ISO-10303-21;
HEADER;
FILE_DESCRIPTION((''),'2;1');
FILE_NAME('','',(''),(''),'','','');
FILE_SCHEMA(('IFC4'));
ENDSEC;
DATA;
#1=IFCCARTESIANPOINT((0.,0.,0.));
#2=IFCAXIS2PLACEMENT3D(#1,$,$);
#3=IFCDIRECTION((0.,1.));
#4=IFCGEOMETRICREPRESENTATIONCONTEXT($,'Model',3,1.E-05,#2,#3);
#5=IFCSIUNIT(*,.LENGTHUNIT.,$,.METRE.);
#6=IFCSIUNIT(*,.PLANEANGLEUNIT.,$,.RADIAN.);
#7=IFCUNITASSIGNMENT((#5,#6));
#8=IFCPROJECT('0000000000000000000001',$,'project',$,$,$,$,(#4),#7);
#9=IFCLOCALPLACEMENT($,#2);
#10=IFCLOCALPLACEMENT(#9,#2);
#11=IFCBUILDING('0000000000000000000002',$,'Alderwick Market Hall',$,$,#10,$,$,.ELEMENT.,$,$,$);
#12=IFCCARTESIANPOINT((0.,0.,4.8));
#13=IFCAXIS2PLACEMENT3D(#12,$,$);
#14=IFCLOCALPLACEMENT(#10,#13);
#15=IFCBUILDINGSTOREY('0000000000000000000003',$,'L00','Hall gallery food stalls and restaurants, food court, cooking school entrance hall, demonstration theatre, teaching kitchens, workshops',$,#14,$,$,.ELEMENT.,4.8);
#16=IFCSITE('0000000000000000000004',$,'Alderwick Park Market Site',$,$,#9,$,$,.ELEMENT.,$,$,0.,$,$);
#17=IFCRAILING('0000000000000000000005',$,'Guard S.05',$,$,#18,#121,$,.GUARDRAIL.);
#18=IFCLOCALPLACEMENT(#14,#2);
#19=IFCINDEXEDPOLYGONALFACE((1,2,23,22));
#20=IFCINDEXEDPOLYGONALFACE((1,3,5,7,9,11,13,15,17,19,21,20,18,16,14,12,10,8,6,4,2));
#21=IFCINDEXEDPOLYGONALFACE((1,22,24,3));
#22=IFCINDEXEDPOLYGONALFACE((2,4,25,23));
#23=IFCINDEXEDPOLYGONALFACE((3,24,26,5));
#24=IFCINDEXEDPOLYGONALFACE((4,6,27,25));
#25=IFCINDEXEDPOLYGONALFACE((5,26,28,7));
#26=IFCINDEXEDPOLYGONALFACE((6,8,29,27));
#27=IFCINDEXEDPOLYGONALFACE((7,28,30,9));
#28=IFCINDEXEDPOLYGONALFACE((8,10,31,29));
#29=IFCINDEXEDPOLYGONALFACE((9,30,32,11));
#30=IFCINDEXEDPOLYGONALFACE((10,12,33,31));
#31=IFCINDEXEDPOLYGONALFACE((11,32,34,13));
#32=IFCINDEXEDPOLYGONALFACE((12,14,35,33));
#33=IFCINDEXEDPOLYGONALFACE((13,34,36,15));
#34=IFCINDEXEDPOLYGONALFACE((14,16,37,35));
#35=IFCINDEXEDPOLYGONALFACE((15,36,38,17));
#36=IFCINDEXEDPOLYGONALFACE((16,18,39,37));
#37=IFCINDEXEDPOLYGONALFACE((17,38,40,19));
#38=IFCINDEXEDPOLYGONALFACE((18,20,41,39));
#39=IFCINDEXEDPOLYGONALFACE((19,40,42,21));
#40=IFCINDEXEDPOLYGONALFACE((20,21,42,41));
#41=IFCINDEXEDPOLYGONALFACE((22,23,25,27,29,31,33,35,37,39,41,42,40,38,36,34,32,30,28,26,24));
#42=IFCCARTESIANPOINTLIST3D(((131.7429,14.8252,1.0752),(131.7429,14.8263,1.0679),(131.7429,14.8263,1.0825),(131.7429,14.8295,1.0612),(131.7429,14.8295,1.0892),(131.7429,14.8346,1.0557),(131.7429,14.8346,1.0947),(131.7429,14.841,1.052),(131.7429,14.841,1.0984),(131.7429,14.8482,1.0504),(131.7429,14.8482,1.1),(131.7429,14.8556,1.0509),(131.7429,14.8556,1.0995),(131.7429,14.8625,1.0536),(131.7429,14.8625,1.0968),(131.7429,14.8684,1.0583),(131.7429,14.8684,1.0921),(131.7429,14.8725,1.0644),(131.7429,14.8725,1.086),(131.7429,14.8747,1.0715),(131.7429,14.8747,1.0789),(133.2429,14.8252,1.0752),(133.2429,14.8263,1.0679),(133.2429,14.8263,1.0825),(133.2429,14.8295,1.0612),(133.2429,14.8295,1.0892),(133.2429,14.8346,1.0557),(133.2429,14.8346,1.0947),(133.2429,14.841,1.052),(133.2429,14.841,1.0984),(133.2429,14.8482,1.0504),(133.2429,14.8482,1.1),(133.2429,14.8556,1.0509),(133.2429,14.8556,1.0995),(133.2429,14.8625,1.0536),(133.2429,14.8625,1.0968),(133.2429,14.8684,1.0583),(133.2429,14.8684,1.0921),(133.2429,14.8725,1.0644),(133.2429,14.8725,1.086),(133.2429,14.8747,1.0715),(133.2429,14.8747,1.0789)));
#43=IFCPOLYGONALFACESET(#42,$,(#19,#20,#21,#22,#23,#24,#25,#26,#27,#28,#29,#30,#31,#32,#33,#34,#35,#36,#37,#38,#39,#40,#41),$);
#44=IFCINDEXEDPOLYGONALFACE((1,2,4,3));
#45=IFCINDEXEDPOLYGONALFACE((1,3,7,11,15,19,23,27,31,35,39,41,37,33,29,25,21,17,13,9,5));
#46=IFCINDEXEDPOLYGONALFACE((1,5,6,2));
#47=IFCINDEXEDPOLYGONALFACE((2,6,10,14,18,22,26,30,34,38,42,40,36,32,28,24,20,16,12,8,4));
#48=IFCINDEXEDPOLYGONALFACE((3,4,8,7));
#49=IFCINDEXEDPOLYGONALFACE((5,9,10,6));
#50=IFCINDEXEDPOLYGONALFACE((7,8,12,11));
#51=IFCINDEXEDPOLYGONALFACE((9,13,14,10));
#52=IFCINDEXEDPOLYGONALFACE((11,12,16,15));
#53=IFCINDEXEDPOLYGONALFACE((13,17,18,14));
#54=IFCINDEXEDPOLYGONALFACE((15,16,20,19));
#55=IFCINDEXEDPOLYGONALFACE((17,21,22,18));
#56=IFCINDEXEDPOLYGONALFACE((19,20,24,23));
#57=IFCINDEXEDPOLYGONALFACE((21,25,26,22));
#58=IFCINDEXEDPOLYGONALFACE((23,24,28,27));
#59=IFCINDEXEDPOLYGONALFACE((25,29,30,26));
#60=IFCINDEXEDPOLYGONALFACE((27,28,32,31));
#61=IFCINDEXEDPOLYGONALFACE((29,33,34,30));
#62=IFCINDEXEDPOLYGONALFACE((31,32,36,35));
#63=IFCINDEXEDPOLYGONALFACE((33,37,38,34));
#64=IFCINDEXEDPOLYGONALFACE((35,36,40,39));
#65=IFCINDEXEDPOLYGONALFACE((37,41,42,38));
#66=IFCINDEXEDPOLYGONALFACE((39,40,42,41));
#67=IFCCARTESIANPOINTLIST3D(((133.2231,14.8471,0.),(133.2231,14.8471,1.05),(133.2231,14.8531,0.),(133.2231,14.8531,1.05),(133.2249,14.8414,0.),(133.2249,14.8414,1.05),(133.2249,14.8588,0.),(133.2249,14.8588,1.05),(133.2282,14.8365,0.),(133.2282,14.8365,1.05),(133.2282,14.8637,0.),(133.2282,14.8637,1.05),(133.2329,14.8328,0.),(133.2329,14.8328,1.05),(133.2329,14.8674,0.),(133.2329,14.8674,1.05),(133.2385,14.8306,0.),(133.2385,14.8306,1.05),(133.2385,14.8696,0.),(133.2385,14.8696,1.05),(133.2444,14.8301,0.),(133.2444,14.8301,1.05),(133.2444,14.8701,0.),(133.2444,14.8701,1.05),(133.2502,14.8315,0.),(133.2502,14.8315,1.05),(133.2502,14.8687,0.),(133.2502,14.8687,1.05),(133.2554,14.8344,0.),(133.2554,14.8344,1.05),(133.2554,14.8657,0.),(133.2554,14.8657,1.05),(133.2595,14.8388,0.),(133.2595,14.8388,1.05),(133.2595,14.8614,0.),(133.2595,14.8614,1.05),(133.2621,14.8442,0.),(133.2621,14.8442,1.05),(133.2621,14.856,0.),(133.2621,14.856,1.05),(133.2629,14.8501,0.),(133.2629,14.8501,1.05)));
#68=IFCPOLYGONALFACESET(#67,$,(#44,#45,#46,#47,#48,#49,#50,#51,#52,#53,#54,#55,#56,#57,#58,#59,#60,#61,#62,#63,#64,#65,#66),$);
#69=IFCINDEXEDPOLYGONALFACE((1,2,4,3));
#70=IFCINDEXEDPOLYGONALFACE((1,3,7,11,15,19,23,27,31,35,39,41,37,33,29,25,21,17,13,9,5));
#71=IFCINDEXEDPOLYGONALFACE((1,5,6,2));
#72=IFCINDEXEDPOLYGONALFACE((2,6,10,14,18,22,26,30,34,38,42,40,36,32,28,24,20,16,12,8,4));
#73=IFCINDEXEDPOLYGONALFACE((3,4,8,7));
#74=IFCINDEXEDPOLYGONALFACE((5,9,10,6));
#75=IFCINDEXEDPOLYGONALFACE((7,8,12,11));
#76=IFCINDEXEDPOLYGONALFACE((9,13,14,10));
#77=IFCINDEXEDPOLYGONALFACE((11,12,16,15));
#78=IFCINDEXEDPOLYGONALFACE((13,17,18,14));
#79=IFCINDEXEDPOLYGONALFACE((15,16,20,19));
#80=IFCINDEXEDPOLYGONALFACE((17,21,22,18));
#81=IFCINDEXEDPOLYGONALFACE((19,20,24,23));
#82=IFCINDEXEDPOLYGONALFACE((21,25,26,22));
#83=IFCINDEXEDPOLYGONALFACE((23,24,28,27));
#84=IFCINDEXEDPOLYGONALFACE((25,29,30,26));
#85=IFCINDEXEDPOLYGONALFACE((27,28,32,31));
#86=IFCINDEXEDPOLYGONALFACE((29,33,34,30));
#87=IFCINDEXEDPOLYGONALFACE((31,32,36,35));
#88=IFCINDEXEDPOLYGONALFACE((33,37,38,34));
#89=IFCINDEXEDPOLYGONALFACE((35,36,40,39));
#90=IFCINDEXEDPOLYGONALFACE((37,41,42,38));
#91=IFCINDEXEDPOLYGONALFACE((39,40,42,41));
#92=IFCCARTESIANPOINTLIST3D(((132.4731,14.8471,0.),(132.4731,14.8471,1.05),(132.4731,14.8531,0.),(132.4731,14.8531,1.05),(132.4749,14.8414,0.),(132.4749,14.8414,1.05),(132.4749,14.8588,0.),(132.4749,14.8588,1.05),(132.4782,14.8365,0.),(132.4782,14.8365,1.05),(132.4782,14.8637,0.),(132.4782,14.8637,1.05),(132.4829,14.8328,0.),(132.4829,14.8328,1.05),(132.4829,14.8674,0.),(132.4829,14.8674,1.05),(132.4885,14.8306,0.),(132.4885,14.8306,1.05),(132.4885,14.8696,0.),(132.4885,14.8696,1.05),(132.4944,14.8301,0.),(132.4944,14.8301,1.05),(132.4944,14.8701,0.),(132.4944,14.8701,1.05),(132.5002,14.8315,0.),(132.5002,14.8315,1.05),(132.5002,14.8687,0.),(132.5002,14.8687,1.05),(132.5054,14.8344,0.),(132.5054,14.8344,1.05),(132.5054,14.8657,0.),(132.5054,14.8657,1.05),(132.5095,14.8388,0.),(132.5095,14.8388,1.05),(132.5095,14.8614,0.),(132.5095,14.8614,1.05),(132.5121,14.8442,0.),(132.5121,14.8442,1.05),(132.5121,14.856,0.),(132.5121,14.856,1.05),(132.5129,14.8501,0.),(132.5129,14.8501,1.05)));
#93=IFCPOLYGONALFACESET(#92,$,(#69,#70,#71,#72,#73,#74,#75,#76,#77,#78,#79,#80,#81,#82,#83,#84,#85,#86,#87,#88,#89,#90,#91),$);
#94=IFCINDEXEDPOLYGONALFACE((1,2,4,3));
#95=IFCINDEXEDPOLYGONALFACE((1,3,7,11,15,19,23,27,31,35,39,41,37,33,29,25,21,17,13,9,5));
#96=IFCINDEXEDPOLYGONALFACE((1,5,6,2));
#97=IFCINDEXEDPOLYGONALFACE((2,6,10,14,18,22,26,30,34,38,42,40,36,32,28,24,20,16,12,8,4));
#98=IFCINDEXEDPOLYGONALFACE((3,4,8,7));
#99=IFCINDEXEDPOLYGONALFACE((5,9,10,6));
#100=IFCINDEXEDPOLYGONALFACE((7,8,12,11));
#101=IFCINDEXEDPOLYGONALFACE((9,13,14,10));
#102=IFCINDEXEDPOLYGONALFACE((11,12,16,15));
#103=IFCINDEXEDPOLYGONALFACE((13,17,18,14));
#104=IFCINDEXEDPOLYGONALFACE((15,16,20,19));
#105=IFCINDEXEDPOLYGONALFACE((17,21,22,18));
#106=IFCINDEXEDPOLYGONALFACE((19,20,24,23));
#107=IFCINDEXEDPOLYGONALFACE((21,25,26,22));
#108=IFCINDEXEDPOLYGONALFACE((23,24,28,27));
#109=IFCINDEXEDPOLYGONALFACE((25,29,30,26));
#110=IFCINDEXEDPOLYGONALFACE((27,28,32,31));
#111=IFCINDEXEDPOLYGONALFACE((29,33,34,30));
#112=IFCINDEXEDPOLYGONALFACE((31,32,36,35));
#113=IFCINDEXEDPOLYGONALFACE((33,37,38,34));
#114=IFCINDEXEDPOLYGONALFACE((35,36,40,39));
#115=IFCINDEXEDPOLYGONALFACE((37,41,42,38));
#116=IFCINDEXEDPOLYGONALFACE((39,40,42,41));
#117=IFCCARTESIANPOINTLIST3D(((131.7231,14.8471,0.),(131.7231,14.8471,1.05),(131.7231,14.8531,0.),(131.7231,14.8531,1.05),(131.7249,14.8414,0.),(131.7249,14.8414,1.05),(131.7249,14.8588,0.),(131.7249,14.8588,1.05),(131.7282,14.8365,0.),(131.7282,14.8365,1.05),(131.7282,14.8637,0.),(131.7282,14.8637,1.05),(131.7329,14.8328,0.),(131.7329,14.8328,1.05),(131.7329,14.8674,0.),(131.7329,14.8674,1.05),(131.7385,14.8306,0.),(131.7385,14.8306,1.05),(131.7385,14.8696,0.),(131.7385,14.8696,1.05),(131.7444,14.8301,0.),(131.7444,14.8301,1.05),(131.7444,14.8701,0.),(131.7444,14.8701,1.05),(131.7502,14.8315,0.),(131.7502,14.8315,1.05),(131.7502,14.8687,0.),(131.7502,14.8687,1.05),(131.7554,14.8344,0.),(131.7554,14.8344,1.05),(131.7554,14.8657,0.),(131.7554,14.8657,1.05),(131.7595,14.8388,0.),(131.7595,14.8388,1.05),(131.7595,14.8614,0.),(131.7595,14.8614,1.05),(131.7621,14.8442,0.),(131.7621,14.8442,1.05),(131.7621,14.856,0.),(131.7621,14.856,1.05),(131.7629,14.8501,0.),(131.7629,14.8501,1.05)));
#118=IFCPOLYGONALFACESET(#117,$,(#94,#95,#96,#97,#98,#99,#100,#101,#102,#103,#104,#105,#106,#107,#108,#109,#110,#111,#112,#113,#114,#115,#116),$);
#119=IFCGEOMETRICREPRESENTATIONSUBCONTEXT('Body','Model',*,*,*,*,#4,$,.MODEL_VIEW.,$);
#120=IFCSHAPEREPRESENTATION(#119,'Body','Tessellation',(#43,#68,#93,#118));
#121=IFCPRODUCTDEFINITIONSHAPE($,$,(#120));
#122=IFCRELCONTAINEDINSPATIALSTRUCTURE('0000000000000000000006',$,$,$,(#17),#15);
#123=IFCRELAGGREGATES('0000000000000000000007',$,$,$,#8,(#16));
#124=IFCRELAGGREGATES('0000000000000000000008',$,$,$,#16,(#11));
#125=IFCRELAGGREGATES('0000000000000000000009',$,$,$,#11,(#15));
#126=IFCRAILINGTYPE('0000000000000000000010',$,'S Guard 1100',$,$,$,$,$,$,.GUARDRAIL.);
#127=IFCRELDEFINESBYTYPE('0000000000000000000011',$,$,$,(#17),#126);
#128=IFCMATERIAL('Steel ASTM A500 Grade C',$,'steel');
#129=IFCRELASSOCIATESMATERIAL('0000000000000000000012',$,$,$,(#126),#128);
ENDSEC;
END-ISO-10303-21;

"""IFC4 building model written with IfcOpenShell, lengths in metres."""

from ifc_helpers import new_model, si_unit, direction, frame, origin, origin_2d, place, context, subcontext, project, spatial, circle, extrude, material, type_object, element, save


model = new_model("IFC4")

# Units and contexts
model_context = context("Model", 3, precision=1e-05, world=origin(), true_north=direction((0.0, 1.0)))
body_context = subcontext(model_context, "Body", "Model", "MODEL_VIEW")
ifc_project = project(units=[si_unit("LENGTHUNIT", "METRE"), si_unit("PLANEANGLEUNIT", "RADIAN")], contexts=[model_context])

# Site, building, storey
site_placement = place(None, origin())
site = spatial("IfcSite", under=ifc_project, at=site_placement, Name="Alderwick Park Market Site", CompositionType="ELEMENT", RefElevation=0.0)
building_placement = place(site_placement, origin())
building = spatial("IfcBuilding", under=site, at=building_placement, Name="Alderwick Market Hall", CompositionType="ELEMENT")
storey_placement = place(building_placement, frame((0.0, 0.0, 4.8)))
storey = spatial("IfcBuildingStorey", under=building, at=storey_placement, Name="L00", Description="Hall gallery food stalls and restaurants, food court, cooking school entrance hall, demonstration theatre, teaching kitchens, workshops", CompositionType="ELEMENT", Elevation=4.8)

# Shared definitions
ifc_material_1 = material(Name="Steel ASTM A500 Grade C", Category="steel")

# Railing
railing_type_1 = type_object("IfcRailingType", Name="S Guard 1100", PredefinedType="GUARDRAIL", material=ifc_material_1)
railing_1_placement = place(storey_placement, frame((133.2429, 14.8501, 0.0)))
element("IfcRailing", 1, at=railing_1_placement, inside=storey, type_object=railing_type_1, Name="Guard S.05", PredefinedType="GUARDRAIL", context=body_context, shape_type="SweptSolid", body=[
    extrude(circle(Radius=0.0249, at=origin_2d()), frame((0.0, 0.0, 1.0752), z_axis=(-1.0, 0.0, 0.0), x_axis=(0.0, -1.0, 0.0)), (0.0, 0.0, 1.0), 1.5),
    extrude(circle(Radius=0.02, at=origin_2d()), origin(), (0.0, 0.0, 1.0), 1.05),
    extrude(circle(Radius=0.02, at=origin_2d()), frame((-0.75, 0.0, 0.0)), (0.0, 0.0, 1.0), 1.05),
    extrude(circle(Radius=0.02, at=origin_2d()), frame((-1.5, 0.0, 0.0)), (0.0, 0.0, 1.0), 1.05),
])

save(model, "model.ifc")
